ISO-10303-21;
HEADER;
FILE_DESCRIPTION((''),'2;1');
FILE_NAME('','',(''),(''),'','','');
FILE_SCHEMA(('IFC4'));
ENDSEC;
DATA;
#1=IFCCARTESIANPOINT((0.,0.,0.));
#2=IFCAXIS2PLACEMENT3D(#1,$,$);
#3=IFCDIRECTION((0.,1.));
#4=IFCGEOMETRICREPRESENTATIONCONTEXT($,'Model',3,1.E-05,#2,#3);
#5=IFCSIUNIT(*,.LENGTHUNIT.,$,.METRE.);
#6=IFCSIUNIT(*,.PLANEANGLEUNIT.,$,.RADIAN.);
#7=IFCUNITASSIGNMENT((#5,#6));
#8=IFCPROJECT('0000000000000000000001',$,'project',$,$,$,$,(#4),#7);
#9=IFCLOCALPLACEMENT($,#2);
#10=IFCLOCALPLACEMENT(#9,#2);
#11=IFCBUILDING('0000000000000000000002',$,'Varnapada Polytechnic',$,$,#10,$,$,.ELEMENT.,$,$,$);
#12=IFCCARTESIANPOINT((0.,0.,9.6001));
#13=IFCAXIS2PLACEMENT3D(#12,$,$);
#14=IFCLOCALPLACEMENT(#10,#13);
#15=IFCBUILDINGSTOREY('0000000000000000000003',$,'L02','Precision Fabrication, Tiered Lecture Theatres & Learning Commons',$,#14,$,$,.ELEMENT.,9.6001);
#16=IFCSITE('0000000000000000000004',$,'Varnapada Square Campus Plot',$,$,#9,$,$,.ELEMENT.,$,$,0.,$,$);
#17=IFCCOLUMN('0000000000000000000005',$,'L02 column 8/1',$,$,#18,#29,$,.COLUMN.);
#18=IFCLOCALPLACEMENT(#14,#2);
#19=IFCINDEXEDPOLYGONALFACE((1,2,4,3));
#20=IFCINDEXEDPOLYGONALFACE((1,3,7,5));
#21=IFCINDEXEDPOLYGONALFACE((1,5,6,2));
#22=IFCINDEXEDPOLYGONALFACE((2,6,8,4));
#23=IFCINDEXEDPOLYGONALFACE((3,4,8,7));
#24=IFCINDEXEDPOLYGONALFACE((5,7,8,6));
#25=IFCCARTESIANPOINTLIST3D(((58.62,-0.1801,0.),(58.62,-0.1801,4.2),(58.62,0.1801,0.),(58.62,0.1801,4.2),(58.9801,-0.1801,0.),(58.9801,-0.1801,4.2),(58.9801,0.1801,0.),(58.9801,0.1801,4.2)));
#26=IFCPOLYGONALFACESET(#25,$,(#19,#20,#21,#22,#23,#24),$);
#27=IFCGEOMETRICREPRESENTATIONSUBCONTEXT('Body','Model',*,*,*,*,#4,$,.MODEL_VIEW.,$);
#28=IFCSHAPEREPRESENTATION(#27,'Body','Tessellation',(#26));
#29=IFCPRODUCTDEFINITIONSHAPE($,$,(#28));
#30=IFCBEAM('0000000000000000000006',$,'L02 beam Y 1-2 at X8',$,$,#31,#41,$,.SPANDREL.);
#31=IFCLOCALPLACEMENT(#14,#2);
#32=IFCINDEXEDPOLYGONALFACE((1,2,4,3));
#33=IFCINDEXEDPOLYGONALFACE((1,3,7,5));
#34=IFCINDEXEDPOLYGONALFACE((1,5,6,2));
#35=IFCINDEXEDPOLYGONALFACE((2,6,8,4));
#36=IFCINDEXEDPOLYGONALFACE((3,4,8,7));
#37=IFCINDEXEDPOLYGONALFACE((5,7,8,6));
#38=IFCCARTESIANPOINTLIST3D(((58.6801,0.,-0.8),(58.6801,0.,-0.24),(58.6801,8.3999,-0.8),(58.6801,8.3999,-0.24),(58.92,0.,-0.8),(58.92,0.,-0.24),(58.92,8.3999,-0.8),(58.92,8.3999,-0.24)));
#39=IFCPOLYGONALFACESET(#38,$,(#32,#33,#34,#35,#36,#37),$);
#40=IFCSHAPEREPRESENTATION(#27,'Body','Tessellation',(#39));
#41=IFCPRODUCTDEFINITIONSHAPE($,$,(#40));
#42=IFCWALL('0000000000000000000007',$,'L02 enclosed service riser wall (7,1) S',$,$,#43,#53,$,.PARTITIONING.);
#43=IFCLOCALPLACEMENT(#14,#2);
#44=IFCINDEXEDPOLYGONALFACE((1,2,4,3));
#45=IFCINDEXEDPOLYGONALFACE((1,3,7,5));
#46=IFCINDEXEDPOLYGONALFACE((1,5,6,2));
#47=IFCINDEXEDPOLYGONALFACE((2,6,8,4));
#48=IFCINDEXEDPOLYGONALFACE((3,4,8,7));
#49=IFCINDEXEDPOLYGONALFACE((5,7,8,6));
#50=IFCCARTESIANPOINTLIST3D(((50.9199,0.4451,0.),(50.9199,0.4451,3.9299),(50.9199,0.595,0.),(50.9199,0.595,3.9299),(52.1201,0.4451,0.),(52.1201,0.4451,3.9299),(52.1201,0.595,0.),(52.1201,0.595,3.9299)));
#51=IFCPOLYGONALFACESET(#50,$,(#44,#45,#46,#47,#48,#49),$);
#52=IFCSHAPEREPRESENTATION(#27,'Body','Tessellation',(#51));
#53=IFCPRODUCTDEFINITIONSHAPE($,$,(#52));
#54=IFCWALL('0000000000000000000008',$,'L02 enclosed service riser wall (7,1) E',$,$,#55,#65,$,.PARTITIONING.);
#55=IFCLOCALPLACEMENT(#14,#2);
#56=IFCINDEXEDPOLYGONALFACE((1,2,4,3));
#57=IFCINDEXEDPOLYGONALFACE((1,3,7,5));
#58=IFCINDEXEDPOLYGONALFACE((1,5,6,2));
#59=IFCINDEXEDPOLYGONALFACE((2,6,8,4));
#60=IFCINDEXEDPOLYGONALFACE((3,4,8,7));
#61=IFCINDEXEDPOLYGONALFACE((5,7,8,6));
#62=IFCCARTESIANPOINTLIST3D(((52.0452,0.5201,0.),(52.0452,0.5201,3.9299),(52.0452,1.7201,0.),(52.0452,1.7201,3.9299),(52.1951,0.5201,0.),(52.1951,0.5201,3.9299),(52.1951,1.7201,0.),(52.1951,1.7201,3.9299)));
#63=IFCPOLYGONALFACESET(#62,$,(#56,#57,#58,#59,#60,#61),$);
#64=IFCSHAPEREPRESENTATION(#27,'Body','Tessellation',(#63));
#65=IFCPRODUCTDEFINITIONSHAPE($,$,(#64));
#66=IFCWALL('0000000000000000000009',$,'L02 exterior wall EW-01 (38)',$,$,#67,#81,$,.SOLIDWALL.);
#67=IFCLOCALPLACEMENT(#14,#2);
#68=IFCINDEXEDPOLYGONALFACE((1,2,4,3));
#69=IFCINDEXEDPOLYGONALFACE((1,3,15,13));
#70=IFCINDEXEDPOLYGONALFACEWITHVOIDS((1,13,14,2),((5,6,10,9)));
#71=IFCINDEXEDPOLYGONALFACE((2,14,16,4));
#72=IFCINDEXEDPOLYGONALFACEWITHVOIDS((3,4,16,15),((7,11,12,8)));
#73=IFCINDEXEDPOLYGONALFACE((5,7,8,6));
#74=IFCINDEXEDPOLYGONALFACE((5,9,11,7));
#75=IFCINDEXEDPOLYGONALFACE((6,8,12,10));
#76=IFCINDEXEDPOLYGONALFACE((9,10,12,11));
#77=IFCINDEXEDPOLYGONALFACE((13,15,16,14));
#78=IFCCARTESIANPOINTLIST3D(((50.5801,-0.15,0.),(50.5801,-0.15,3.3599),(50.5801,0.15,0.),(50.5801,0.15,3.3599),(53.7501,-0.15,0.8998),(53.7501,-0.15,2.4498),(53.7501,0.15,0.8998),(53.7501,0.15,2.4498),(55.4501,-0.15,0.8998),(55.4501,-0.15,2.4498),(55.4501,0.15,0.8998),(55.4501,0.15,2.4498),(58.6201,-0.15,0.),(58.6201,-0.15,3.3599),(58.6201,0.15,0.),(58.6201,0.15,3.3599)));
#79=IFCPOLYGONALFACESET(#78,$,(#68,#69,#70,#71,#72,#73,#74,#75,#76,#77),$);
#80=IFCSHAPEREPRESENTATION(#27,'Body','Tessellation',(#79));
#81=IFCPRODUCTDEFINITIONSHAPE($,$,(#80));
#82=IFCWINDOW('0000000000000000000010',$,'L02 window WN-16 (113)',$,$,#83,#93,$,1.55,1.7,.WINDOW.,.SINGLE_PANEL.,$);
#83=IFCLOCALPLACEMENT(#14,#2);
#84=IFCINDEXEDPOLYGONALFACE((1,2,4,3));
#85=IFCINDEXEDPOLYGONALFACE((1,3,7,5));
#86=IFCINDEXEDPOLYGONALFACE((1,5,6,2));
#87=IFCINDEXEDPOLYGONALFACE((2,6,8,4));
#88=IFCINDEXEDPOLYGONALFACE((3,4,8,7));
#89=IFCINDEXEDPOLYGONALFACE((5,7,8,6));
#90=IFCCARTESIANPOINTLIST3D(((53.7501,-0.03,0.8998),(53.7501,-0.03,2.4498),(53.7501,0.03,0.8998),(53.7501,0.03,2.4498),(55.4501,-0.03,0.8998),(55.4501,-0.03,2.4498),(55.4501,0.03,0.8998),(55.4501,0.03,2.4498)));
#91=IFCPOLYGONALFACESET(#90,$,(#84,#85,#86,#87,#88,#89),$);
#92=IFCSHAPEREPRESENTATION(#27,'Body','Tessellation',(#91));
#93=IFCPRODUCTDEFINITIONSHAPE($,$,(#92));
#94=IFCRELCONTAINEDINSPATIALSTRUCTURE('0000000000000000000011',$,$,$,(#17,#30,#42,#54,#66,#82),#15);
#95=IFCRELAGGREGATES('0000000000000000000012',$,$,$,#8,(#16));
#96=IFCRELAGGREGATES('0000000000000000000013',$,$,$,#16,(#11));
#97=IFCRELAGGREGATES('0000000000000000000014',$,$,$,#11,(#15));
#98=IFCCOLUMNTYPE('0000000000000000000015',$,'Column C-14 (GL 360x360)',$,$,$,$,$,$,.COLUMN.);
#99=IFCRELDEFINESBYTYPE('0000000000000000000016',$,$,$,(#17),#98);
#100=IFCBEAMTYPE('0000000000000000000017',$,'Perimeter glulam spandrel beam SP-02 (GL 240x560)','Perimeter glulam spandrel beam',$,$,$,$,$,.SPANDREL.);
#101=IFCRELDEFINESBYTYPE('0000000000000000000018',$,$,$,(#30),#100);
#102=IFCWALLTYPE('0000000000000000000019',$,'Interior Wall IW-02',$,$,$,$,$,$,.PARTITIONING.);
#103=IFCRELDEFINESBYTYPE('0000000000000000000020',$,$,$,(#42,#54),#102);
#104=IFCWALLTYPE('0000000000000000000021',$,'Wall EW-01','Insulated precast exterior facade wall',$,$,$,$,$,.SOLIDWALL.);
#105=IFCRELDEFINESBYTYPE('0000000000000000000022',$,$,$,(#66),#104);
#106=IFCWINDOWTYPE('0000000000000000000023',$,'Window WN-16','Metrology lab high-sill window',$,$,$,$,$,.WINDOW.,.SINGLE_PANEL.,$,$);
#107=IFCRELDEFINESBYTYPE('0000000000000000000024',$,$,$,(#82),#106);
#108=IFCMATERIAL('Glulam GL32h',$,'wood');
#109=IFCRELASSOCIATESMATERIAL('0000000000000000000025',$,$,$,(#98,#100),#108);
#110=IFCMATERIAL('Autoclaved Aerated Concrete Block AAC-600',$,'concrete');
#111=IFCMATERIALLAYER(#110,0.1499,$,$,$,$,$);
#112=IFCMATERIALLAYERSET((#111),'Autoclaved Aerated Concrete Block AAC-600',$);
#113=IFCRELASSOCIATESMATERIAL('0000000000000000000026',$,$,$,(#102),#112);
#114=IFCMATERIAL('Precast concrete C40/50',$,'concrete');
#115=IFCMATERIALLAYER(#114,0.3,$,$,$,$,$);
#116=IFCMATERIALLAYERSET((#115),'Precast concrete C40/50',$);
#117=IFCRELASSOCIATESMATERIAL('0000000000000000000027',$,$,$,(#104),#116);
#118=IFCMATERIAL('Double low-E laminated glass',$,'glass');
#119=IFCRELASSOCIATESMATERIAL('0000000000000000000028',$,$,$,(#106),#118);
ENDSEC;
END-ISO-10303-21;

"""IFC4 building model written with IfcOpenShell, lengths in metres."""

from ifc_helpers import new_model, si_unit, direction, frame, frame_2d, origin, origin_2d, place, context, subcontext, project, spatial, rectangle, extrude, material, layer, layer_set, material_profile, profile_set, type_object, element, fill, save


model = new_model("IFC4")

# Units and contexts
model_context = context("Model", 3, precision=1e-05, world=origin(), true_north=direction((0.0, 1.0)))
body_context = subcontext(model_context, "Body", "Model", "MODEL_VIEW")
ifc_project = project(units=[si_unit("LENGTHUNIT", "METRE"), si_unit("PLANEANGLEUNIT", "RADIAN")], contexts=[model_context])

# Site, building, storey
site_placement = place(None, origin())
site = spatial("IfcSite", under=ifc_project, at=site_placement, Name="Varnapada Square Campus Plot", CompositionType="ELEMENT", RefElevation=0.0)
building_placement = place(site_placement, origin())
building = spatial("IfcBuilding", under=site, at=building_placement, Name="Varnapada Polytechnic", CompositionType="ELEMENT")
storey_placement = place(building_placement, frame((0.0, 0.0, 9.6001)))
storey = spatial("IfcBuildingStorey", under=building, at=storey_placement, Name="L02", Description="Precision Fabrication, Tiered Lecture Theatres & Learning Commons", CompositionType="ELEMENT", Elevation=9.6001)

# Column
ifc_material_1 = material(Name="Glulam GL32h", Category="wood")
ifc_material_profile_1 = material_profile(ifc_material_1, rectangle(XDim=0.3601, YDim=0.3601, at=origin_2d()), Name="GL 360x360")
ifc_profile_set_1 = profile_set([ifc_material_profile_1], Name="Glulam GL32h")
column_type = type_object("IfcColumnType", Name="Column C-14 (GL 360x360)", PredefinedType="COLUMN", material=ifc_profile_set_1)
column_placement = place(storey_placement, frame((58.8, 0.0, 0.0), z_axis=(0.0, 0.0, 1.0), x_axis=(1.0, 0.0, 0.0)))
element("IfcColumn", 1, at=column_placement, inside=storey, type_object=column_type, Name="L02 column 8/1", PredefinedType="COLUMN", context=body_context, shape_type="SweptSolid", body=[
    extrude(rectangle(XDim=0.3601, YDim=0.3601, at=origin_2d()), origin(), (0.0, 0.0, 1.0), 4.2),
])

# Beam
ifc_material_profile_2 = material_profile(ifc_material_1, rectangle(XDim=0.24, YDim=0.5601, at=origin_2d()), Name="GL 240x560")
ifc_profile_set_2 = profile_set([ifc_material_profile_2], Name="Glulam GL32h")
beam_type = type_object("IfcBeamType", Name="Perimeter glulam spandrel beam SP-02 (GL 240x560)", Description="Perimeter glulam spandrel beam", PredefinedType="SPANDREL", material=ifc_profile_set_2)
beam_placement = place(storey_placement, frame((58.8, 0.0, -0.52), z_axis=(0.0, 1.0, 0.0), x_axis=(-1.0, 0.0, 0.0)))
element("IfcBeam", 2, at=beam_placement, inside=storey, type_object=beam_type, Name="L02 beam Y 1-2 at X8", PredefinedType="SPANDREL", context=body_context, shape_type="SweptSolid", body=[
    extrude(rectangle(XDim=0.24, YDim=0.5601, at=origin_2d()), origin(), (0.0, 0.0, 1.0), 8.3999),
])

# Walls
ifc_material_2 = material(Name="Autoclaved Aerated Concrete Block AAC-600", Category="concrete")
ifc_layer_1 = layer(ifc_material_2, 0.1499)
ifc_layer_set_1 = layer_set([ifc_layer_1], Name="Autoclaved Aerated Concrete Block AAC-600")
wall_type_1 = type_object("IfcWallType", Name="Interior Wall IW-02", PredefinedType="PARTITIONING", material=ifc_layer_set_1)
wall_1_placement = place(storey_placement, frame((50.9199, 0.52, 0.0), z_axis=(0.0, 0.0, 1.0), x_axis=(1.0, 0.0, 0.0)))
element("IfcWall", 3, at=wall_1_placement, inside=storey, type_object=wall_type_1, Name="L02 enclosed service riser wall (7,1) S", PredefinedType="PARTITIONING", context=body_context, shape_type="SweptSolid", body=[
    extrude(rectangle(XDim=1.2002, YDim=0.1499, at=frame_2d((0.6001, 0.0))), origin(), (0.0, 0.0, 1.0), 3.9299),
])
wall_2_placement = place(storey_placement, frame((52.1201, 0.52, 0.0), z_axis=(0.0, 0.0, 1.0), x_axis=(0.0, 1.0, 0.0)))
element("IfcWall", 4, at=wall_2_placement, inside=storey, type_object=wall_type_1, Name="L02 enclosed service riser wall (7,1) E", PredefinedType="PARTITIONING", context=body_context, shape_type="SweptSolid", body=[
    extrude(rectangle(XDim=1.2, YDim=0.1499, at=frame_2d((0.6001, 0.0))), origin(), (0.0, 0.0, 1.0), 3.9299),
])

# Wall, opening, window
ifc_material_3 = material(Name="Precast concrete C40/50", Category="concrete")
ifc_layer_2 = layer(ifc_material_3, 0.3)
ifc_layer_set_2 = layer_set([ifc_layer_2], Name="Precast concrete C40/50")
wall_type_2 = type_object("IfcWallType", Name="Wall EW-01", Description="Insulated precast exterior facade wall", PredefinedType="SOLIDWALL", material=ifc_layer_set_2)
wall_3_placement = place(storey_placement, frame((58.6201, 0.0, 0.0), z_axis=(0.0, 0.0, 1.0), x_axis=(-1.0, 0.0, 0.0)))
wall_3 = element("IfcWall", 5, at=wall_3_placement, inside=storey, type_object=wall_type_2, Name="L02 exterior wall EW-01 (38)", PredefinedType="SOLIDWALL", context=body_context, shape_type="SweptSolid", body=[
    extrude(rectangle(XDim=8.04, YDim=0.3, at=frame_2d((4.02, 0.0))), origin(), (0.0, 0.0, 1.0), 3.3599),
])
opening_1_placement = place(wall_3_placement, frame((3.1699, 0.0, 0.8999)))
opening_1 = element("IfcOpeningElement", 6, at=opening_1_placement, cuts=wall_3, PredefinedType="OPENING", context=body_context, shape_type="SweptSolid", body=[
    extrude(rectangle(XDim=1.7, YDim=1.55, at=frame_2d((0.8501, 0.7749))), frame((0.0, 0.1599, 0.0), z_axis=(0.0, -1.0, 0.0), x_axis=(1.0, 0.0, 0.0)), (0.0, 0.0, 1.0), 0.3201),
])
ifc_material_4 = material(Name="Double low-E laminated glass", Category="glass")
window_type = type_object("IfcWindowType", Name="Window WN-16", Description="Metrology lab high-sill window", PartitioningType="SINGLE_PANEL", PredefinedType="WINDOW", material=ifc_material_4)
window_placement = place(opening_1_placement, origin())
window = element("IfcWindow", 7, at=window_placement, inside=storey, type_object=window_type, Name="L02 window WN-16 (113)", OverallHeight=1.55, OverallWidth=1.7, PartitioningType="SINGLE_PANEL", PredefinedType="WINDOW", context=body_context, shape_type="SweptSolid", body=[
    extrude(rectangle(XDim=1.7, YDim=1.55, at=frame_2d((0.8501, 0.7749))), frame((0.0, 0.03, 0.0), z_axis=(0.0, -1.0, 0.0), x_axis=(1.0, 0.0, 0.0)), (0.0, 0.0, 1.0), 0.0601),
])
fill(opening_1, window)

save(model, "model.ifc")
